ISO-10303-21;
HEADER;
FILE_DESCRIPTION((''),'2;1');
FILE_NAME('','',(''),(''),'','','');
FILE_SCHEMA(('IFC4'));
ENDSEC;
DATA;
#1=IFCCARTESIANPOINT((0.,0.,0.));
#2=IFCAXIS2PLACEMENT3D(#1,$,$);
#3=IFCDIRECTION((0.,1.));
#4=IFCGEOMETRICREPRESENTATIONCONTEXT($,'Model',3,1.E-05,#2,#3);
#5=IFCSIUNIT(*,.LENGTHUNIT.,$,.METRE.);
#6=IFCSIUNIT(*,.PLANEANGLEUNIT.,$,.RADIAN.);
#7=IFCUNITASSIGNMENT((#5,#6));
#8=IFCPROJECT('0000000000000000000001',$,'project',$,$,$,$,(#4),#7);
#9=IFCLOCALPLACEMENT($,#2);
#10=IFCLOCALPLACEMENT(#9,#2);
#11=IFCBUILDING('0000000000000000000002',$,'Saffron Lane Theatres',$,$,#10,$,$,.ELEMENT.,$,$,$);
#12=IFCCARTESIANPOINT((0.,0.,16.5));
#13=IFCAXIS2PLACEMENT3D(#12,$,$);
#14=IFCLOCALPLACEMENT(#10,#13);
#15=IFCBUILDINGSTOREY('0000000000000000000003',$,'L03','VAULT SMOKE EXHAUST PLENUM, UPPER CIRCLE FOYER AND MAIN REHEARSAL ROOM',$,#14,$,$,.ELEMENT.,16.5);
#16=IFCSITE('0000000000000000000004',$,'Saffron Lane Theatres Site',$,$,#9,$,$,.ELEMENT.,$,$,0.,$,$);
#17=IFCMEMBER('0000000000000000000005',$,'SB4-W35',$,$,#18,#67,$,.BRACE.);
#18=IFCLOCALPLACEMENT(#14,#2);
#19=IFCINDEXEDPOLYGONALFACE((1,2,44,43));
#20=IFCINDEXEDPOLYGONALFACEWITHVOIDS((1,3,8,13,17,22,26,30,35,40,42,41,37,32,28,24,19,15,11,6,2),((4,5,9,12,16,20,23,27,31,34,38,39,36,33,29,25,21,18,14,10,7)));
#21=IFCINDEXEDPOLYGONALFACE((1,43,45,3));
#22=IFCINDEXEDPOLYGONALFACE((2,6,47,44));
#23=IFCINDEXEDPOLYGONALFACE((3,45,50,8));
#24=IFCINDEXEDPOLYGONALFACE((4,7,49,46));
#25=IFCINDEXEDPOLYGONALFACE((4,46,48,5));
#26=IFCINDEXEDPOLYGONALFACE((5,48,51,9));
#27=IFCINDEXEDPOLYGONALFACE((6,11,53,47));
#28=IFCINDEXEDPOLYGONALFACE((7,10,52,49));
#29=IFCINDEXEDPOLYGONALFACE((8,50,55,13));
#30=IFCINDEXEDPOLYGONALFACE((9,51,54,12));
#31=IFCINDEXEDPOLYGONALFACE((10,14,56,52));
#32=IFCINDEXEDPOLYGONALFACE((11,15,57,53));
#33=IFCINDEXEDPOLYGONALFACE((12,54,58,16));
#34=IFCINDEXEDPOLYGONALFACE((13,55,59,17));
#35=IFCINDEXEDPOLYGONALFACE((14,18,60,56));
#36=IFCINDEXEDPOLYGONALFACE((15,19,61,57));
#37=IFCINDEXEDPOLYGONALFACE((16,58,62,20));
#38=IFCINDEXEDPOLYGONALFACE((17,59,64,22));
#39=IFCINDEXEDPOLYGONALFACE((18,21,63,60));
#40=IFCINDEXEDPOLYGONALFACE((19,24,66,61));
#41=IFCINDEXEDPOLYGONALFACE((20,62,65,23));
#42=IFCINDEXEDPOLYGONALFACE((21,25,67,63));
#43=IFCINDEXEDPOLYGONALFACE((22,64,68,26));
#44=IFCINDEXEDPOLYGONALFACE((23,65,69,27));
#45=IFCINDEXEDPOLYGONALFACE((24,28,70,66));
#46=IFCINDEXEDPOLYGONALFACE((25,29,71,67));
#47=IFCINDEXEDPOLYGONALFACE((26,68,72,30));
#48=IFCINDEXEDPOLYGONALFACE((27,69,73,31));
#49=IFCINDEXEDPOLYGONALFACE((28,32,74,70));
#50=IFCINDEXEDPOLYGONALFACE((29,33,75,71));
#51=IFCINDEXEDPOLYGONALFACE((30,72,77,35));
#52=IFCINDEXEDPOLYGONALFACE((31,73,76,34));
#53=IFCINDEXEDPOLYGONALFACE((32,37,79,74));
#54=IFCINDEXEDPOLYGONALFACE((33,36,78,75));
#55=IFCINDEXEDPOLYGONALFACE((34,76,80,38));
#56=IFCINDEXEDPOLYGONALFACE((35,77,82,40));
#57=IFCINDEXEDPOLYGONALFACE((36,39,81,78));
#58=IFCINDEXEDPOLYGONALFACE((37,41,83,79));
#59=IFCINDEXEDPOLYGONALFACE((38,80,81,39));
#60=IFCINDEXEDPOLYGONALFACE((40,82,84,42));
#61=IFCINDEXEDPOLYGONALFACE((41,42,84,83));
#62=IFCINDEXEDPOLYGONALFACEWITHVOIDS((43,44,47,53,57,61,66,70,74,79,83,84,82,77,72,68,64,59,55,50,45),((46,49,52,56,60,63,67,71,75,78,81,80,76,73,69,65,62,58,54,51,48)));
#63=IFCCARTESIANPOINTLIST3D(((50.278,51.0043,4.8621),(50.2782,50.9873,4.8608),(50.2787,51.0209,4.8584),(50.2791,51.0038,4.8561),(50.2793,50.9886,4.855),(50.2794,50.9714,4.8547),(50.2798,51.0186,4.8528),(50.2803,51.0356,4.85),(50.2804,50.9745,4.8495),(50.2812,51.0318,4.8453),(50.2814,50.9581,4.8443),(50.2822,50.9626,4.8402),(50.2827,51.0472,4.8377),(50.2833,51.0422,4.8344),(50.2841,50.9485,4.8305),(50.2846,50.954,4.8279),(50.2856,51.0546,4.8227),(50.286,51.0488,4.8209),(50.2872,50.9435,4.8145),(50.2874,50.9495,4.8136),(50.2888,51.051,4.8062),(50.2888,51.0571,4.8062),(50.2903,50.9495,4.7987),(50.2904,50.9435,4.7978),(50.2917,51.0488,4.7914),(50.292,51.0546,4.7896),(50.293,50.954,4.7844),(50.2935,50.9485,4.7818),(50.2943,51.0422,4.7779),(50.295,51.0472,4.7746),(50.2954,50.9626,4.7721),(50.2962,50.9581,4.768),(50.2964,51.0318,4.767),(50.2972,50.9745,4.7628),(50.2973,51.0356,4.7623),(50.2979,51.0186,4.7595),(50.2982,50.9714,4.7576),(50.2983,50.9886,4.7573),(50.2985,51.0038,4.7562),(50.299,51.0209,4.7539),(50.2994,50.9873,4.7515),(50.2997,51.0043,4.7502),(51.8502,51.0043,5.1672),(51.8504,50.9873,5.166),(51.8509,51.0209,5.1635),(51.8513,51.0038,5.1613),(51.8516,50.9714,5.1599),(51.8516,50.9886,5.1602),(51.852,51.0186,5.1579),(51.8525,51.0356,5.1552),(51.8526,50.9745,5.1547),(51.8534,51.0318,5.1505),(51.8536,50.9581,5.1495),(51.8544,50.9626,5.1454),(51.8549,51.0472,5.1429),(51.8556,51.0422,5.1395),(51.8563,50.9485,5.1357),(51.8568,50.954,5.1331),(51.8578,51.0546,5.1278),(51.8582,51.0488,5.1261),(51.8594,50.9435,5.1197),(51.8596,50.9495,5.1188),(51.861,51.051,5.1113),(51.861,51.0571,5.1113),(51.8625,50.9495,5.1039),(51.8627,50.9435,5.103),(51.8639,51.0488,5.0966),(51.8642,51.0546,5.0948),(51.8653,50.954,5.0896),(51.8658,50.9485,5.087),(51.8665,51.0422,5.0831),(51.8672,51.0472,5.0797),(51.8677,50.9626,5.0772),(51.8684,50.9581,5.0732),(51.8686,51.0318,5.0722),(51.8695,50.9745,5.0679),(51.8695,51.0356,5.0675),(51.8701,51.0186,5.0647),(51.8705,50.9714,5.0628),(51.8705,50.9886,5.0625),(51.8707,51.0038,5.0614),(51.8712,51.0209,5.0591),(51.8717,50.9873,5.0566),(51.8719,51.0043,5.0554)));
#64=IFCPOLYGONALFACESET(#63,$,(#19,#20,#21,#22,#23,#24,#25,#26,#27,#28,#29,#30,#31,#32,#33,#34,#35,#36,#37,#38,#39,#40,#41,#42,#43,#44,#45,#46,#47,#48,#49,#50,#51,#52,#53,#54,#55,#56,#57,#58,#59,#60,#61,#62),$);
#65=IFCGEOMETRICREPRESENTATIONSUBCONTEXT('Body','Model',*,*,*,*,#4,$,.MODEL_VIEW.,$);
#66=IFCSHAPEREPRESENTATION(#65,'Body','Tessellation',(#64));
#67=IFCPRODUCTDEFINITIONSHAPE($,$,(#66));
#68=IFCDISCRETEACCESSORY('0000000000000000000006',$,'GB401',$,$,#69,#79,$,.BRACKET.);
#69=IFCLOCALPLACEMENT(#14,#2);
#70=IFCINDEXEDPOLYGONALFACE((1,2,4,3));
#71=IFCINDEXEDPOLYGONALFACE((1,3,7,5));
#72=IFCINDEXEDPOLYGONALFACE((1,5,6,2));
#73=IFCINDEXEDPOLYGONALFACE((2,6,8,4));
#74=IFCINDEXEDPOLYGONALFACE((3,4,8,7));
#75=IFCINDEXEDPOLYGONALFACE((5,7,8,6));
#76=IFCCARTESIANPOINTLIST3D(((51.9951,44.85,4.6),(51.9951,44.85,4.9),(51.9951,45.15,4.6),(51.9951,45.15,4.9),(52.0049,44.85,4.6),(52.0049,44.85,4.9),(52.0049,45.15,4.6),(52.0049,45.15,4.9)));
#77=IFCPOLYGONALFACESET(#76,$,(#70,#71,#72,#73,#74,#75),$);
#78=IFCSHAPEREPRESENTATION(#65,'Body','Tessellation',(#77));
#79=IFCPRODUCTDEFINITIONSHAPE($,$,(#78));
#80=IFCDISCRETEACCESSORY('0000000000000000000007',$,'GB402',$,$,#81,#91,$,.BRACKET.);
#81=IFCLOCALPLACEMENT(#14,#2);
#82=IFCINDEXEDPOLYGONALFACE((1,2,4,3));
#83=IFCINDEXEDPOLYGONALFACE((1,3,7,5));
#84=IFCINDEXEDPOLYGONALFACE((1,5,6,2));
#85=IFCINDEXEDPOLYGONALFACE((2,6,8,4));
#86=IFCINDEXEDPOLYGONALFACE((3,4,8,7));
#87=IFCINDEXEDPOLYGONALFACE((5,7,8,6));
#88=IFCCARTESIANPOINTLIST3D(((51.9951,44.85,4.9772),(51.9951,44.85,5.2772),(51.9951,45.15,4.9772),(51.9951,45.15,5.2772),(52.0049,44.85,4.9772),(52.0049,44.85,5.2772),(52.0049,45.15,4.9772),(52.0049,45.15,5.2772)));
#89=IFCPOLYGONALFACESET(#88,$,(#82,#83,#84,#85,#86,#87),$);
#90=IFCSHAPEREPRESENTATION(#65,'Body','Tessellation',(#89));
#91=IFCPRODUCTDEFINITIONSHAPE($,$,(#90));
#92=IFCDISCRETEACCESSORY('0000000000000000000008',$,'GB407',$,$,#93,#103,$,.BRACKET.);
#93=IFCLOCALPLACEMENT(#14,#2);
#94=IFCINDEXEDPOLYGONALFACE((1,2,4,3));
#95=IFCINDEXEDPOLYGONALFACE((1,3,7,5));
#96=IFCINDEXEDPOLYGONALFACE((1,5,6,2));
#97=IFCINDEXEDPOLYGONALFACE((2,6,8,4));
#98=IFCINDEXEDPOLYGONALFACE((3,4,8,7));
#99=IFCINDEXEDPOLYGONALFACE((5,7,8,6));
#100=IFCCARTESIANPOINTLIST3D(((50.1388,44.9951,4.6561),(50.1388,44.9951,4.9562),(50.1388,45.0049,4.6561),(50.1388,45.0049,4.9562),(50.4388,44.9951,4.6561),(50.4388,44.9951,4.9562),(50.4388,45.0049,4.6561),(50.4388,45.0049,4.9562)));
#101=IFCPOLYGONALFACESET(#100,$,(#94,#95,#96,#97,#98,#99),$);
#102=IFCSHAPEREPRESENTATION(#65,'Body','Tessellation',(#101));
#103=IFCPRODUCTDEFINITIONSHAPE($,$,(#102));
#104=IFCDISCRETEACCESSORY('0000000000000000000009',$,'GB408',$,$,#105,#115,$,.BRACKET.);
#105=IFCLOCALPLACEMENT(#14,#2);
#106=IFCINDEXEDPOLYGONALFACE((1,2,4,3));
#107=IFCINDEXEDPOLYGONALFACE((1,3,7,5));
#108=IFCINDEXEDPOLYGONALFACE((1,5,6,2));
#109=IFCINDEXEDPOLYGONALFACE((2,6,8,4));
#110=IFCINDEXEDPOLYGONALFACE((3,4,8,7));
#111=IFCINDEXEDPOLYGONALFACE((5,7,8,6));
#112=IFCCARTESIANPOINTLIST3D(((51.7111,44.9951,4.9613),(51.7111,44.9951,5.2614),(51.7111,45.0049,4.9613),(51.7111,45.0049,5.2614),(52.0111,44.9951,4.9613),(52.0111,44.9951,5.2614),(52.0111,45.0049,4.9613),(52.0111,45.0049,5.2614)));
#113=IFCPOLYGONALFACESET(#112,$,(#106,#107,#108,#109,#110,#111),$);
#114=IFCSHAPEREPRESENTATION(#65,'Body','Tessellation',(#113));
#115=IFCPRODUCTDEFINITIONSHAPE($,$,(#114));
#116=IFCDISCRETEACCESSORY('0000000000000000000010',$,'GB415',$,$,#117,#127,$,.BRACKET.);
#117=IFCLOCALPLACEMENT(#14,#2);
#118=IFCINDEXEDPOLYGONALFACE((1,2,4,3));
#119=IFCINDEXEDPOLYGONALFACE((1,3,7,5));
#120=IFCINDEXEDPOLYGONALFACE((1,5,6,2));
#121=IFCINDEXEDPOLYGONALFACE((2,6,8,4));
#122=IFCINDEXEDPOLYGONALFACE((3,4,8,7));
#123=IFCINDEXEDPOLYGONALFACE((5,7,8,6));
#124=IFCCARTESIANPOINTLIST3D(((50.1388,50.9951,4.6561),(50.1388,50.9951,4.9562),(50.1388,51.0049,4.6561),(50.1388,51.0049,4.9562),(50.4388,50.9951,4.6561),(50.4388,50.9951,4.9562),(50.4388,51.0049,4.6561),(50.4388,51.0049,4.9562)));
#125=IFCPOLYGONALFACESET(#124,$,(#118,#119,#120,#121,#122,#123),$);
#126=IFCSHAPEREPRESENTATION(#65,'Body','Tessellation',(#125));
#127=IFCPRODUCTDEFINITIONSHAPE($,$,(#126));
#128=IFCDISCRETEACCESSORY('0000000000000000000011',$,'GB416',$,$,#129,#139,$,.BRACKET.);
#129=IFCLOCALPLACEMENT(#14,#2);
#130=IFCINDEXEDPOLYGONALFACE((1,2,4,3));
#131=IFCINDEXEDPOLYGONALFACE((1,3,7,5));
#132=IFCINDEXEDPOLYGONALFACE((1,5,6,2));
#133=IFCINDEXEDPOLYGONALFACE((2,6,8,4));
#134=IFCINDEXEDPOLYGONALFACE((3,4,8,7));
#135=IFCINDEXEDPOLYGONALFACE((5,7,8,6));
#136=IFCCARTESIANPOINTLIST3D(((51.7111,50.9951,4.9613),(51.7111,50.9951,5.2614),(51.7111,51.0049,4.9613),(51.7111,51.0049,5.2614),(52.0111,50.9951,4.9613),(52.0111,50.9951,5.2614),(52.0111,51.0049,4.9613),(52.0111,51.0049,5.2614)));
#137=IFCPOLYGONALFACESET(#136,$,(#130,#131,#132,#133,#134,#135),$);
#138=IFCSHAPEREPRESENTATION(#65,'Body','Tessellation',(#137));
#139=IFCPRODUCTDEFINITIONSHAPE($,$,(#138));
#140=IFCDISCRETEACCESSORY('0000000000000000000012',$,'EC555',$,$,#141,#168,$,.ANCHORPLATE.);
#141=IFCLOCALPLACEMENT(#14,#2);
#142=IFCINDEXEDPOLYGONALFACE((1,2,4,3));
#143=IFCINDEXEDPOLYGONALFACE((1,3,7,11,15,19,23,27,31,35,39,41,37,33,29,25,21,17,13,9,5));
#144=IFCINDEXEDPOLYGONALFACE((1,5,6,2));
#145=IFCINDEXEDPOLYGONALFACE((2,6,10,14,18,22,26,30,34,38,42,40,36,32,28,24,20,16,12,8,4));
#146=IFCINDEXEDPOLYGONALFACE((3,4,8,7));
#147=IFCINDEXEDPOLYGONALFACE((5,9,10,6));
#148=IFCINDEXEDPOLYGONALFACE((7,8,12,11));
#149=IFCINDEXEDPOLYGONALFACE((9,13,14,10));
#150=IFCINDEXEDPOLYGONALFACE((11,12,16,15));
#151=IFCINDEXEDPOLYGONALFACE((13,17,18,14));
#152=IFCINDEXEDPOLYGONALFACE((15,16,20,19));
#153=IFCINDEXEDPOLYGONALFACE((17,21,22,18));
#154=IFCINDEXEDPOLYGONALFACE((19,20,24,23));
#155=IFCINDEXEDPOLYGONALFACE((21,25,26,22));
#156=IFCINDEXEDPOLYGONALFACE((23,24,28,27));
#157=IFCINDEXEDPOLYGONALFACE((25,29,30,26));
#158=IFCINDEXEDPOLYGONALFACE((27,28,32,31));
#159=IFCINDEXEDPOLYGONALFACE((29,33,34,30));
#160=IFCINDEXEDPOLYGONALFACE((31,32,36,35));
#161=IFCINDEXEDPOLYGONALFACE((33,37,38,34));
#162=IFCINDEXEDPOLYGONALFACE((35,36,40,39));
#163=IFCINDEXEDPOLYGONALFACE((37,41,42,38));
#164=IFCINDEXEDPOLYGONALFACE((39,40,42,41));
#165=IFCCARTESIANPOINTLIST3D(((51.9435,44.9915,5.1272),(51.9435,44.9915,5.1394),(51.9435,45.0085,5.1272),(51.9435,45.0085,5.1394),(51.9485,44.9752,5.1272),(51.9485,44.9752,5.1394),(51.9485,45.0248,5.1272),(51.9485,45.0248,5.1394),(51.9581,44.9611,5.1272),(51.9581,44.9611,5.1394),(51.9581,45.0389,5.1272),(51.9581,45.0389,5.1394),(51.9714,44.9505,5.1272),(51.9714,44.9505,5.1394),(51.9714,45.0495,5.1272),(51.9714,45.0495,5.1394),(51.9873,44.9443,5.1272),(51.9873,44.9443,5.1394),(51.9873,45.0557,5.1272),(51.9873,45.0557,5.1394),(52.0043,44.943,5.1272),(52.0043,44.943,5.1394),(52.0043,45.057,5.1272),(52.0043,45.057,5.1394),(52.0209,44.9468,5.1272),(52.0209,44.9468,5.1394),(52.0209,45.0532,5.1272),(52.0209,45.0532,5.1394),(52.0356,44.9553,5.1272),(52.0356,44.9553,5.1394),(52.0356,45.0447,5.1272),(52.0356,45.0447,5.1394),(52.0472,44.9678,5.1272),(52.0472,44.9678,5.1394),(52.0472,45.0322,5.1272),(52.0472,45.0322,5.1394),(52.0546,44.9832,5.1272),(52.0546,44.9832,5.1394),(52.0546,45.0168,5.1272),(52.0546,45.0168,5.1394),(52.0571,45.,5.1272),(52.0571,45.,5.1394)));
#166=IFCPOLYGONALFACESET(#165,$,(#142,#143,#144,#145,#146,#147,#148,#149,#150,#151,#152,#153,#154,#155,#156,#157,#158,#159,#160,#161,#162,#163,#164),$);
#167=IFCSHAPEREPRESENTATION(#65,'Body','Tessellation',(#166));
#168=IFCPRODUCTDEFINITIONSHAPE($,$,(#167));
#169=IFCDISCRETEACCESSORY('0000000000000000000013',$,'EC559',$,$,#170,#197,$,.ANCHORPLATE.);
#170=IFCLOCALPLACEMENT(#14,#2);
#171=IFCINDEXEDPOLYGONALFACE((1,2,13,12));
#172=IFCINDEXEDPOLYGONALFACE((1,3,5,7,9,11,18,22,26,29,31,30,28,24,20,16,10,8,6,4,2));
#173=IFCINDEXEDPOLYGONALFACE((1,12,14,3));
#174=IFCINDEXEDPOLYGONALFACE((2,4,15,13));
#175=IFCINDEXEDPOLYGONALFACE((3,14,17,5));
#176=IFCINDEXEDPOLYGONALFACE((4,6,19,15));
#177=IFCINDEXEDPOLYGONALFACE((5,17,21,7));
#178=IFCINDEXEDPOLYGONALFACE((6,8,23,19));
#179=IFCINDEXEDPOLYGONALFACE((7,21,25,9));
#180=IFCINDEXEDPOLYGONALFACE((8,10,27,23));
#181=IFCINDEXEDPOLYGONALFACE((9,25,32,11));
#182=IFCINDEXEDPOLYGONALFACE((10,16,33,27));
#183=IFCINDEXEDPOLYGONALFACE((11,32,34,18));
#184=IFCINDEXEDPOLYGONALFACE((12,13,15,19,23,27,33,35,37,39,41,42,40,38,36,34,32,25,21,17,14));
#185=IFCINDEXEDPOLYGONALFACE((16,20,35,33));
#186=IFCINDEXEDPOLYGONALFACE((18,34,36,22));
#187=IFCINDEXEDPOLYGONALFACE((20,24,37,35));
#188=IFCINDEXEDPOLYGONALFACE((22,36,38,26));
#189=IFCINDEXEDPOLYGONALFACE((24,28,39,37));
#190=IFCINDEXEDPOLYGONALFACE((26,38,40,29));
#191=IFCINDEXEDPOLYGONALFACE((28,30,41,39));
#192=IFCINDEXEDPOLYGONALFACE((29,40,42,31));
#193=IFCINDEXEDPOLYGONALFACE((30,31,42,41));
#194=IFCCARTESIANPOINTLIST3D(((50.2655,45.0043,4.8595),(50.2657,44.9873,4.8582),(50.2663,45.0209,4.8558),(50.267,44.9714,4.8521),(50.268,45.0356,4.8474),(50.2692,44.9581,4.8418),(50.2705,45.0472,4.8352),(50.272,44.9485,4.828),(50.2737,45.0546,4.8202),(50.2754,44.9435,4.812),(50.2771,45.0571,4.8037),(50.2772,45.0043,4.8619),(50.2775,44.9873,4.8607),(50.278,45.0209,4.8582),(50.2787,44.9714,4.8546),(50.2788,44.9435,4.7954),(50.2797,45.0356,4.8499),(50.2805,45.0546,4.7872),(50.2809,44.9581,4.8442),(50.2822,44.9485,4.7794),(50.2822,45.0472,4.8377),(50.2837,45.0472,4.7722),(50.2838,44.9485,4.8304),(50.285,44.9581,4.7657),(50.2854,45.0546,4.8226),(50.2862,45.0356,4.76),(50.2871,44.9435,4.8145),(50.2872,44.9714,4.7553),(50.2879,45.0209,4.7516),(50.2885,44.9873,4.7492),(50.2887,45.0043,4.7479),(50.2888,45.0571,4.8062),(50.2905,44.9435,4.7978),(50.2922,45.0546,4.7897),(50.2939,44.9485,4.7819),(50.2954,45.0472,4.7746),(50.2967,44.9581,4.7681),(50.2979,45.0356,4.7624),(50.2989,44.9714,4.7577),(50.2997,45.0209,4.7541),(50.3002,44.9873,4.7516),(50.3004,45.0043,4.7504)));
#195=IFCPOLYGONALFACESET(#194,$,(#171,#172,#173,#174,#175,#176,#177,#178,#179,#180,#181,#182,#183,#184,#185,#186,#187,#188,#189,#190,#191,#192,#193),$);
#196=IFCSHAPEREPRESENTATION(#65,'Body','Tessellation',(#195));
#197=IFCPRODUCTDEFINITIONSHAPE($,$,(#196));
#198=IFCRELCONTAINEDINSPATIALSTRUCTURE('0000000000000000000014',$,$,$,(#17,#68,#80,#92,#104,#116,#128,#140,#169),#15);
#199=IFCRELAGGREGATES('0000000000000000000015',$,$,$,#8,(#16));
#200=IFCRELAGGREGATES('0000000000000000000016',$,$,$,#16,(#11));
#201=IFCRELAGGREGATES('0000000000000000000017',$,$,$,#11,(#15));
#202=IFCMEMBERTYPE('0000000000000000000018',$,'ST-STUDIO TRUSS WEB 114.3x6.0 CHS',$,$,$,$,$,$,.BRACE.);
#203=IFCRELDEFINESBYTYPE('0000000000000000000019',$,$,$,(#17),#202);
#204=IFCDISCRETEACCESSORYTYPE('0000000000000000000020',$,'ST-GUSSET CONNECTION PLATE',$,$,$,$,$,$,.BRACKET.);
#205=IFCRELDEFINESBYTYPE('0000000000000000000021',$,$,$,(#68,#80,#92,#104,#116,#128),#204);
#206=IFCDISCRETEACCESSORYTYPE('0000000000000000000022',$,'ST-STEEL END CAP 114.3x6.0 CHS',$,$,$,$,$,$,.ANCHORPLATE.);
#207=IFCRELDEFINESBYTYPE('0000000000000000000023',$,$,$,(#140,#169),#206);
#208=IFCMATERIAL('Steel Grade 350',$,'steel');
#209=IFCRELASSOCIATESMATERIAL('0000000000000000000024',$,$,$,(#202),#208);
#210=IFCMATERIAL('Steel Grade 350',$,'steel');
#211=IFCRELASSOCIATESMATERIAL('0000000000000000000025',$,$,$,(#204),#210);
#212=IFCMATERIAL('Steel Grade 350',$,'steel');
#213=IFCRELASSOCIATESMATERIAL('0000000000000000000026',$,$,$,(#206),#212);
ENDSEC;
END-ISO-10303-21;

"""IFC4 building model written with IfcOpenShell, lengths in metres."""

from ifc_helpers import new_model, si_unit, direction, frame, origin, origin_2d, place, context, subcontext, project, spatial, rectangle, circle, hollow_circle, extrude, material, material_profile, profile_set, type_object, element, save


model = new_model("IFC4")

# Units and contexts
model_context = context("Model", 3, precision=1e-05, world=origin(), true_north=direction((0.0, 1.0)))
body_context = subcontext(model_context, "Body", "Model", "MODEL_VIEW")
ifc_project = project(units=[si_unit("LENGTHUNIT", "METRE"), si_unit("PLANEANGLEUNIT", "RADIAN")], contexts=[model_context])

# Site, building, storey
site_placement = place(None, origin())
site = spatial("IfcSite", under=ifc_project, at=site_placement, Name="Saffron Lane Theatres Site", CompositionType="ELEMENT", RefElevation=0.0)
building_placement = place(site_placement, origin())
building = spatial("IfcBuilding", under=site, at=building_placement, Name="Saffron Lane Theatres", CompositionType="ELEMENT")
storey_placement = place(building_placement, frame((0.0, 0.0, 16.5)))
storey = spatial("IfcBuildingStorey", under=building, at=storey_placement, Name="L03", Description="VAULT SMOKE EXHAUST PLENUM, UPPER CIRCLE FOYER AND MAIN REHEARSAL ROOM", CompositionType="ELEMENT", Elevation=16.5)

# Member
ifc_material_1 = material(Name="Steel Grade 350", Category="steel")
ifc_material_profile_1 = material_profile(ifc_material_1, hollow_circle(Radius=0.0571, WallThickness=0.0061, at=origin_2d()))
ifc_profile_set_1 = profile_set([ifc_material_profile_1], Name="Steel Grade 350")
member_type_1 = type_object("IfcMemberType", Name="ST-STUDIO TRUSS WEB 114.3x6.0 CHS", PredefinedType="BRACE", material=ifc_profile_set_1)
for number, where, z_axis, x_axis, name in (
    (1, (50.2888, 51.0, 4.8062), (0.981679, 0.0, 0.190543), (0.0, 1.0, 0.0), "SB4-W35"),
):
    element("IfcMember", number, at=place(storey_placement, frame(where, z_axis=z_axis, x_axis=x_axis)), inside=storey, type_object=member_type_1, Name=name, PredefinedType="BRACE", context=body_context, shape_type="SweptSolid", body=[
        extrude(hollow_circle(Radius=0.0571, WallThickness=0.0061, at=origin_2d()), origin(), (0.0, 0.0, 1.0), 1.6016),
    ])

# Discrete accessories
ifc_material_2 = material(Name="Steel Grade 350", Category="steel")
ifc_material_profile_2 = material_profile(ifc_material_2, rectangle(XDim=0.3, YDim=0.3, at=origin_2d()))
ifc_profile_set_2 = profile_set([ifc_material_profile_2], Name="Steel Grade 350")
discrete_accessory_type_1 = type_object("IfcDiscreteAccessoryType", Name="ST-GUSSET CONNECTION PLATE", PredefinedType="BRACKET", material=ifc_profile_set_2)
for number, where, z_axis, x_axis, name in (
    (2, (51.9951, 45.0, 4.75), (1.0, 0.0, 0.0), (0.0, 1.0, 0.0), "GB401"),
    (3, (51.9951, 45.0, 5.1272), (1.0, 0.0, 0.0), (0.0, 1.0, 0.0), "GB402"),
    (4, (50.2888, 44.9951, 4.8062), (0.0, 1.0, 0.0), (-1.0, 0.0, 0.0), "GB407"),
    (5, (51.8611, 44.9951, 5.1113), (0.0, 1.0, 0.0), (-1.0, 0.0, 0.0), "GB408"),
    (6, (50.2888, 50.9951, 4.8062), (0.0, 1.0, 0.0), (-1.0, 0.0, 0.0), "GB415"),
    (7, (51.8611, 50.9951, 5.1113), (0.0, 1.0, 0.0), (-1.0, 0.0, 0.0), "GB416"),
):
    element("IfcDiscreteAccessory", number, at=place(storey_placement, frame(where, z_axis=z_axis, x_axis=x_axis)), inside=storey, type_object=discrete_accessory_type_1, Name=name, PredefinedType="BRACKET", context=body_context, shape_type="SweptSolid", body=[
        extrude(rectangle(XDim=0.3, YDim=0.3, at=origin_2d()), origin(), (0.0, 0.0, 1.0), 0.0098),
    ])
ifc_material_3 = material(Name="Steel Grade 350", Category="steel")
ifc_material_profile_3 = material_profile(ifc_material_3, circle(Radius=0.0571, at=origin_2d()))
ifc_profile_set_3 = profile_set([ifc_material_profile_3], Name="Steel Grade 350")
discrete_accessory_type_2 = type_object("IfcDiscreteAccessoryType", Name="ST-STEEL END CAP 114.3x6.0 CHS", PredefinedType="ANCHORPLATE", material=ifc_profile_set_3)
discrete_accessory_1_placement = place(storey_placement, frame((52.0, 45.0, 5.1272), z_axis=(0.0, 0.0, 1.0), x_axis=(1.0, 0.0, 0.0)))
element("IfcDiscreteAccessory", 8, at=discrete_accessory_1_placement, inside=storey, type_object=discrete_accessory_type_2, Name="EC555", PredefinedType="ANCHORPLATE", context=body_context, shape_type="SweptSolid", body=[
    extrude(circle(Radius=0.0571, at=origin_2d()), origin(), (0.0, 0.0, 1.0), 0.0122),
])
for number, where, z_axis, x_axis, name in (
    (9, (50.2771, 45.0, 4.8037), (0.97898, 0.0, 0.203954), (0.0, 1.0, 0.0), "EC559"),
):
    element("IfcDiscreteAccessory", number, at=place(storey_placement, frame(where, z_axis=z_axis, x_axis=x_axis)), inside=storey, type_object=discrete_accessory_type_2, Name=name, PredefinedType="ANCHORPLATE", context=body_context, shape_type="SweptSolid", body=[
        extrude(circle(Radius=0.0571, at=origin_2d()), origin(), (0.0, 0.0, 1.0), 0.012),
    ])

save(model, "model.ifc")
